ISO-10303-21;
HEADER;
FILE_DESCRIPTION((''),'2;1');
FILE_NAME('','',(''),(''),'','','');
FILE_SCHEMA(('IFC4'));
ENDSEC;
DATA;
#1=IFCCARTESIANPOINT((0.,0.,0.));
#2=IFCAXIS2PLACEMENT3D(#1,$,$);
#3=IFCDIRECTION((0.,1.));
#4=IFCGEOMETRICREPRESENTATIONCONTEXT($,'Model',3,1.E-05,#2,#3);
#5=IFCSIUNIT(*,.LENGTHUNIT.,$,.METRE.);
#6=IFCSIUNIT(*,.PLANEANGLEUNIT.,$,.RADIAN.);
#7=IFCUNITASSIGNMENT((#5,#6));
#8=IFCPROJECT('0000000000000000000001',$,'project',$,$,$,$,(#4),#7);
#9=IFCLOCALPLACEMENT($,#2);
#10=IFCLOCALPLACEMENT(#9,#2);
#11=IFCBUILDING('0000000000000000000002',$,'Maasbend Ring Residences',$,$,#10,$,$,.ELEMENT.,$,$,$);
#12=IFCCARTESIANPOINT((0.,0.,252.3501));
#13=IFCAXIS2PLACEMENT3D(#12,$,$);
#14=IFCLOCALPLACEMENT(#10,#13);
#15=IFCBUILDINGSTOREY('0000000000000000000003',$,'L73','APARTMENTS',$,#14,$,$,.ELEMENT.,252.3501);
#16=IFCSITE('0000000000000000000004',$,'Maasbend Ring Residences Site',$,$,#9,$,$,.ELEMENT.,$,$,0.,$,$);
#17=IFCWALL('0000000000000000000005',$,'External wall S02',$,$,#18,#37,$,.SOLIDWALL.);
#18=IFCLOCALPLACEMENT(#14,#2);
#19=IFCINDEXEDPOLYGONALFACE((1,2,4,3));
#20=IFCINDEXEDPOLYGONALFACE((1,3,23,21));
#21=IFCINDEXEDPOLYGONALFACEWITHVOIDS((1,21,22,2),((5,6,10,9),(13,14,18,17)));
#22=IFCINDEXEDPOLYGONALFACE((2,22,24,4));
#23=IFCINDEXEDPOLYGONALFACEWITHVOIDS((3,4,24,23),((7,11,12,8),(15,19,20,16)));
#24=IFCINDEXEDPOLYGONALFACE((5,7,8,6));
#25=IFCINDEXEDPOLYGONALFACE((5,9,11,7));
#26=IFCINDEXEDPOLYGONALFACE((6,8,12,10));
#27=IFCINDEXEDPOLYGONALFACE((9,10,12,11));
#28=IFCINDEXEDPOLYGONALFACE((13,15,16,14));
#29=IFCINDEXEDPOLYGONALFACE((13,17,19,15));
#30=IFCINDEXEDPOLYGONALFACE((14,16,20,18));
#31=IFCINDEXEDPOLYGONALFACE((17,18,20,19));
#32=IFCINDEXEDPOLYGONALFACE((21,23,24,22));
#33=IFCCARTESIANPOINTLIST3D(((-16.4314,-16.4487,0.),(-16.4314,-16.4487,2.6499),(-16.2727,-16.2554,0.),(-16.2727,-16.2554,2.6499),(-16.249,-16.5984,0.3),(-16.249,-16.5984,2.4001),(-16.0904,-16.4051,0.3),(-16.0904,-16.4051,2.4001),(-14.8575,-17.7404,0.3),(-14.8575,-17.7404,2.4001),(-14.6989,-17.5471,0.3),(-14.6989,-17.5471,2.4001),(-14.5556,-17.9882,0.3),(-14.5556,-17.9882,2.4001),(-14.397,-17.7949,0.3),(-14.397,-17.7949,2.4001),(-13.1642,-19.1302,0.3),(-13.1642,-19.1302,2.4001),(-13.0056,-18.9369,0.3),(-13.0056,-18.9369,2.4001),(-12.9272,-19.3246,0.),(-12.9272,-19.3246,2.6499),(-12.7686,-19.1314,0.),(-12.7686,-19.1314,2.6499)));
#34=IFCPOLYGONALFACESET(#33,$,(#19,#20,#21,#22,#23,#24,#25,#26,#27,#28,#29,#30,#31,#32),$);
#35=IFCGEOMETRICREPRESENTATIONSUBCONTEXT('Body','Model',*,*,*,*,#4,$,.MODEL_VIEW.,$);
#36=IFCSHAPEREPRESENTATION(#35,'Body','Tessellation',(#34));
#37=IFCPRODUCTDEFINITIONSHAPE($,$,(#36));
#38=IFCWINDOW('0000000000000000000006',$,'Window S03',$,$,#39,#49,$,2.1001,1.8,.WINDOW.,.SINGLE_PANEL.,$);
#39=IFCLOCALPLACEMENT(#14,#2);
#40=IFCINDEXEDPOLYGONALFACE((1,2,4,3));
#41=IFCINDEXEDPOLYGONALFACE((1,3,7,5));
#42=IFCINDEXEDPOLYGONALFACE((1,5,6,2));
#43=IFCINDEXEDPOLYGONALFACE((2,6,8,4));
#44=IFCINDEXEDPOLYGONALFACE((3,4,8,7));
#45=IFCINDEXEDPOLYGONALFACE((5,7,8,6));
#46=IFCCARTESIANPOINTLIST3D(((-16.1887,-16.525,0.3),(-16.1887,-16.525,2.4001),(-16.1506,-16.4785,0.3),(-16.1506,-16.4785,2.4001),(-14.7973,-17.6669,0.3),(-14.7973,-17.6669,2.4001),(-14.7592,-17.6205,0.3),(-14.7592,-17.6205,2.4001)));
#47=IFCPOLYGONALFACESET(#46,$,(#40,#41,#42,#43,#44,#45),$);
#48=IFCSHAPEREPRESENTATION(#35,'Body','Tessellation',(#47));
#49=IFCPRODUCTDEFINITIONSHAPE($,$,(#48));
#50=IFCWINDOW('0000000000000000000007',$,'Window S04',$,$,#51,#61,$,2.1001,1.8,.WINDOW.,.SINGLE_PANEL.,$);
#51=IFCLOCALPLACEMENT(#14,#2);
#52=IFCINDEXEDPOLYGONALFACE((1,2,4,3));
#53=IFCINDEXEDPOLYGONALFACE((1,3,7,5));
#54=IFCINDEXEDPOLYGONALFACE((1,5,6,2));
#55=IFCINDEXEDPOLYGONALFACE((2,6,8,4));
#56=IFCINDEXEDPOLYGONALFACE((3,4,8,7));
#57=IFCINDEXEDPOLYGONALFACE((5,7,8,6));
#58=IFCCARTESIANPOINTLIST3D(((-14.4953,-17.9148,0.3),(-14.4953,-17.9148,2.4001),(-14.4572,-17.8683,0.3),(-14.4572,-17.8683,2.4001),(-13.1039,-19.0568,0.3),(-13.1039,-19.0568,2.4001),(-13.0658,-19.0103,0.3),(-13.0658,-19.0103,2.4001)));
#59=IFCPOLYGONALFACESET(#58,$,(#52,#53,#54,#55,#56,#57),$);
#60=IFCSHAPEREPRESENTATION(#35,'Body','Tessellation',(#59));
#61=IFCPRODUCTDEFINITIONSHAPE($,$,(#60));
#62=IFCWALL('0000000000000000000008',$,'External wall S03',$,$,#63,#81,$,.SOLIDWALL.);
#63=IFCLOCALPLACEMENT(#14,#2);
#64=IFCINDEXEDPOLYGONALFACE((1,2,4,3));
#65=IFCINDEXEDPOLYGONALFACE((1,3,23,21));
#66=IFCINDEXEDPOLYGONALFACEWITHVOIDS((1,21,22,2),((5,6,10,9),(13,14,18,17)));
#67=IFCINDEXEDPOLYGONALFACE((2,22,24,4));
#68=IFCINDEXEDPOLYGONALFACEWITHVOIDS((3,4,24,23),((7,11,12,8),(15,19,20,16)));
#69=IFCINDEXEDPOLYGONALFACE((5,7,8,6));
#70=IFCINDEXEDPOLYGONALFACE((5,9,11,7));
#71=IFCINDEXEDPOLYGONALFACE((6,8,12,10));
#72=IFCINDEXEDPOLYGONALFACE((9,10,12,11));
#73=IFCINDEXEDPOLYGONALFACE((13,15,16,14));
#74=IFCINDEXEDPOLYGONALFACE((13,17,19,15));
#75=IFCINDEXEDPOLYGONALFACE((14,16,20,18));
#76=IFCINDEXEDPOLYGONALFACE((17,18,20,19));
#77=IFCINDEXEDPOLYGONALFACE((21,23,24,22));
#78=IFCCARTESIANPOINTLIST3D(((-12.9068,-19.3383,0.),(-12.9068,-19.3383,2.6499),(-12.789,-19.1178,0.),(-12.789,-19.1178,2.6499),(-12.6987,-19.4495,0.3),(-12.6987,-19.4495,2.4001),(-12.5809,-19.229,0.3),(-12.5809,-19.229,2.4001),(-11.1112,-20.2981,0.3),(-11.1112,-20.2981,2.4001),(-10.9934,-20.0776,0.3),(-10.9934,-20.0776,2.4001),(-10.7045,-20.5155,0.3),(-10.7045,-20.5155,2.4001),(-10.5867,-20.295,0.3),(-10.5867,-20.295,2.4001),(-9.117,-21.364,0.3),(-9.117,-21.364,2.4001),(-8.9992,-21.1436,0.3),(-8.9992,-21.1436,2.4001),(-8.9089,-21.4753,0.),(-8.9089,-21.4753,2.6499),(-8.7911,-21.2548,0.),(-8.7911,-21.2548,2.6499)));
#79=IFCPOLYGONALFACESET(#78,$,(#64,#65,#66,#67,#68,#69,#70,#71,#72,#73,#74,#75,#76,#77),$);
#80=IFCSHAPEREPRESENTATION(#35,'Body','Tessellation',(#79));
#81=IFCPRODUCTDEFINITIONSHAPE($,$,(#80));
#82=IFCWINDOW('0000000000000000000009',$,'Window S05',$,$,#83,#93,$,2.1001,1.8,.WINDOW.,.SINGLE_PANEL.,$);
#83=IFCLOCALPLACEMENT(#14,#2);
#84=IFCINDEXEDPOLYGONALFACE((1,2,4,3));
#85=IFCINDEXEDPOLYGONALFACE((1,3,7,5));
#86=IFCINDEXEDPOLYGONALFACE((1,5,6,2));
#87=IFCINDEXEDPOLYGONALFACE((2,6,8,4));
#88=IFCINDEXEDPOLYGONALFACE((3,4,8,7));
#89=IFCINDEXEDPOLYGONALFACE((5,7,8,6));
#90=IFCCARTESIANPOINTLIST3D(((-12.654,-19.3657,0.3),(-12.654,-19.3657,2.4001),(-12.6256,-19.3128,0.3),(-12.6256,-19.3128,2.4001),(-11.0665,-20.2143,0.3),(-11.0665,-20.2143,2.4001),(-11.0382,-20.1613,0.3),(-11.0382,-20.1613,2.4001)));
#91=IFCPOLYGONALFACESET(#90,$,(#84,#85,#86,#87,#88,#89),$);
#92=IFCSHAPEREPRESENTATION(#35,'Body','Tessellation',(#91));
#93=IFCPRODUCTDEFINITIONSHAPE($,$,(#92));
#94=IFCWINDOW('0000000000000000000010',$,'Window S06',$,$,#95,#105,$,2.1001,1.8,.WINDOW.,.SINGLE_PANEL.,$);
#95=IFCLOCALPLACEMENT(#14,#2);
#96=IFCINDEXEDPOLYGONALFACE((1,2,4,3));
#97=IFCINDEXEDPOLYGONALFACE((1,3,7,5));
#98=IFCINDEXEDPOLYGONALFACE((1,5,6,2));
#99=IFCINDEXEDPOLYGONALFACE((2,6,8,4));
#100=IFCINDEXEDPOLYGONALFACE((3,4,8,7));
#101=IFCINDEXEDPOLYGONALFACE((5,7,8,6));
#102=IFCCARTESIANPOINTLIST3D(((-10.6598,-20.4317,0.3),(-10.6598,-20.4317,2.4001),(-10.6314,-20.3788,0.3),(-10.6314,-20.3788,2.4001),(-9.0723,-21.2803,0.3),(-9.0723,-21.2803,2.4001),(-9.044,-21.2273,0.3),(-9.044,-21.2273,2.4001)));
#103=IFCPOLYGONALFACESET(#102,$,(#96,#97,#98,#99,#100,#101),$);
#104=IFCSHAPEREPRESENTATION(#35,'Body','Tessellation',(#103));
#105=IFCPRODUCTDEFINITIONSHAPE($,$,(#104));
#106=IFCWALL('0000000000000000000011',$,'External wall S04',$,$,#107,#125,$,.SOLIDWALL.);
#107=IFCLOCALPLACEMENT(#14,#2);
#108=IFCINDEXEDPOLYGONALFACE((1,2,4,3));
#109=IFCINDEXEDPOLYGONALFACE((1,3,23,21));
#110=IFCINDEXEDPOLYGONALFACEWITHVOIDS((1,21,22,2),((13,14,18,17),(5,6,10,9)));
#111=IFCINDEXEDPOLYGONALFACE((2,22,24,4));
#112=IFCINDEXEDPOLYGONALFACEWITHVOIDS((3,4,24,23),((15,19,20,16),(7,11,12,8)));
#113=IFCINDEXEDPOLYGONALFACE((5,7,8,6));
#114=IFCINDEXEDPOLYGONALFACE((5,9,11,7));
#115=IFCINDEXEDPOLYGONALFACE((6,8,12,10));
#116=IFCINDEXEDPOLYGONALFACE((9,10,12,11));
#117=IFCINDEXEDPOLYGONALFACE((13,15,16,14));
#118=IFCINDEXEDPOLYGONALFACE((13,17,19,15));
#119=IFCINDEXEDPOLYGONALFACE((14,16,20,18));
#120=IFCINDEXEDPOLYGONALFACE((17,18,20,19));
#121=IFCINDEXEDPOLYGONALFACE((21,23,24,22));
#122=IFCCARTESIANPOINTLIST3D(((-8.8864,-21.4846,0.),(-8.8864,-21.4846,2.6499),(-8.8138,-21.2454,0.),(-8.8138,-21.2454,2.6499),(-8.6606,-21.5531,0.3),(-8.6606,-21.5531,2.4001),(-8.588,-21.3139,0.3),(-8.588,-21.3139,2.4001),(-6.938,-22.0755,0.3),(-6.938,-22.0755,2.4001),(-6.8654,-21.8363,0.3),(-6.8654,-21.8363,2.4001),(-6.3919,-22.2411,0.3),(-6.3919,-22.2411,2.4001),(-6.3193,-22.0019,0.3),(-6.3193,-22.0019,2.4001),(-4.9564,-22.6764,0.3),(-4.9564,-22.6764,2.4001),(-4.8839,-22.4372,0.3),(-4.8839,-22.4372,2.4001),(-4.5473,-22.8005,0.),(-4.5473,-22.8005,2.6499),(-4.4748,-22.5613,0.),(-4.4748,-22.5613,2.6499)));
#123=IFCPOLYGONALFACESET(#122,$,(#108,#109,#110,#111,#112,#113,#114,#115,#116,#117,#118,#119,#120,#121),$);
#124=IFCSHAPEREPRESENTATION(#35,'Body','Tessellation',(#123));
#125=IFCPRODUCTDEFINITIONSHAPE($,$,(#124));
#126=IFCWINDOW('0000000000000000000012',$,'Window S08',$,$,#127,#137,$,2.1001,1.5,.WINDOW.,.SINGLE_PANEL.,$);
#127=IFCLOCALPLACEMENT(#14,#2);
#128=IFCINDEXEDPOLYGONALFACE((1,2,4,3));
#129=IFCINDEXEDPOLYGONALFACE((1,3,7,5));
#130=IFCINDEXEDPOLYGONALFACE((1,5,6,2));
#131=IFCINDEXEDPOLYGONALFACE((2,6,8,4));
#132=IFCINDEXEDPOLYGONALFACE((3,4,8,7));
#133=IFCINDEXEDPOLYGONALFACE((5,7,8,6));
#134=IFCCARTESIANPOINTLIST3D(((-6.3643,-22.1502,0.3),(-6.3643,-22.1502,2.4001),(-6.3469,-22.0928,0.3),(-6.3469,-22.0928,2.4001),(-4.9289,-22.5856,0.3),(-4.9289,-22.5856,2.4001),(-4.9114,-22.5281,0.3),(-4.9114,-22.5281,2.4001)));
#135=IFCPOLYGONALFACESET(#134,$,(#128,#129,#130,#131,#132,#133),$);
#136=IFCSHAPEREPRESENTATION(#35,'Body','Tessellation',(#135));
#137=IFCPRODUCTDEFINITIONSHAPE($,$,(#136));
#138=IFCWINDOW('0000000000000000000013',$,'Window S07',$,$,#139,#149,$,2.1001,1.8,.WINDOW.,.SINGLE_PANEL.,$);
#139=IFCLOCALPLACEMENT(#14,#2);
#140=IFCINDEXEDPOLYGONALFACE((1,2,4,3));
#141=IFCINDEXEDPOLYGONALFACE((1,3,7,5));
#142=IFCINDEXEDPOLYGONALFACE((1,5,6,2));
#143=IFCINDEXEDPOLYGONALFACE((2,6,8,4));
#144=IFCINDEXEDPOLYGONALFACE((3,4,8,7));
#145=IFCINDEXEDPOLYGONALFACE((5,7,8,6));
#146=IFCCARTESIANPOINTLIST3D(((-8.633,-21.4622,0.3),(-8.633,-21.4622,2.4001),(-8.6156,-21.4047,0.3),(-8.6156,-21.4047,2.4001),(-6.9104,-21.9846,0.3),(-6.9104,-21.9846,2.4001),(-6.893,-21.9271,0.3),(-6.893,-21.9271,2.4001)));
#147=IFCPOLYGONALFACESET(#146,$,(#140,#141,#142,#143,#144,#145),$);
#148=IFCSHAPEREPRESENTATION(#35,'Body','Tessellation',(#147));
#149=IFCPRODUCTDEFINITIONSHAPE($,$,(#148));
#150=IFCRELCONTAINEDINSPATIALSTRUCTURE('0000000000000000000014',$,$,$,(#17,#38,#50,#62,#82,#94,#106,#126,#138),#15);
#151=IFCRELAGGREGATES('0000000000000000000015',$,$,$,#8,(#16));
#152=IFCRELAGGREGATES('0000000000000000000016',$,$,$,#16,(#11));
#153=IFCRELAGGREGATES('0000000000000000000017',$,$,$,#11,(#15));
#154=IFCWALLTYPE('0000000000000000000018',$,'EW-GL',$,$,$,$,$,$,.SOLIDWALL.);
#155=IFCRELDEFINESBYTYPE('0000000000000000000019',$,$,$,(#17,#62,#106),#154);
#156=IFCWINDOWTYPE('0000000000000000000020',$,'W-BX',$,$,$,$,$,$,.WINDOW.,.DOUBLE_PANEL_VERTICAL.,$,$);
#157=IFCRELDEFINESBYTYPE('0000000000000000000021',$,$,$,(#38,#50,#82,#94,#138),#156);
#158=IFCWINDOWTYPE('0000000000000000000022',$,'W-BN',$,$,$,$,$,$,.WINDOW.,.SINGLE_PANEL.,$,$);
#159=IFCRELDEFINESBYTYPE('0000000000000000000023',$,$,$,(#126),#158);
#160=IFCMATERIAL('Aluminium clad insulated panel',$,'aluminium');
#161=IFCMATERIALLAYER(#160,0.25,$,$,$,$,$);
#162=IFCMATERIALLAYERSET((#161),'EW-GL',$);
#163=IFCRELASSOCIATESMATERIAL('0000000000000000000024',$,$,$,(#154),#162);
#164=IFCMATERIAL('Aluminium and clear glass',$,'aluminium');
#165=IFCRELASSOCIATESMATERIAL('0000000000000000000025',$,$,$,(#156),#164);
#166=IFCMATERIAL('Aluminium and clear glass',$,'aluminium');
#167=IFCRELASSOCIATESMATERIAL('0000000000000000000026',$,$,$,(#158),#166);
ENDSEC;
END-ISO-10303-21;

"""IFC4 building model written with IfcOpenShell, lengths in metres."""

from ifc_helpers import new_model, si_unit, direction, frame, frame_2d, origin, place, context, subcontext, project, spatial, rectangle, extrude, material, layer, layer_set, type_object, element, fill, save


model = new_model("IFC4")

# Units and contexts
model_context = context("Model", 3, precision=1e-05, world=origin(), true_north=direction((0.0, 1.0)))
body_context = subcontext(model_context, "Body", "Model", "MODEL_VIEW")
ifc_project = project(units=[si_unit("LENGTHUNIT", "METRE"), si_unit("PLANEANGLEUNIT", "RADIAN")], contexts=[model_context])

# Site, building, storey
site_placement = place(None, origin())
site = spatial("IfcSite", under=ifc_project, at=site_placement, Name="Maasbend Ring Residences Site", CompositionType="ELEMENT", RefElevation=0.0)
building_placement = place(site_placement, origin())
building = spatial("IfcBuilding", under=site, at=building_placement, Name="Maasbend Ring Residences", CompositionType="ELEMENT")
storey_placement = place(building_placement, frame((0.0, 0.0, 252.3501)))
storey = spatial("IfcBuildingStorey", under=building, at=storey_placement, Name="L73", Description="APARTMENTS", CompositionType="ELEMENT", Elevation=252.3501)

# Walls, openings, windows
ifc_material_1 = material(Name="Aluminium clad insulated panel", Category="aluminium")
ifc_layer_1 = layer(ifc_material_1, 0.25)
ifc_layer_set_1 = layer_set([ifc_layer_1], Name="EW-GL")
wall_type_1 = type_object("IfcWallType", Name="EW-GL", PredefinedType="SOLIDWALL", material=ifc_layer_set_1)
ifc_material_2 = material(Name="Aluminium and clear glass", Category="aluminium")
window_type_1 = type_object("IfcWindowType", Name="W-BX", PartitioningType="DOUBLE_PANEL_VERTICAL", PredefinedType="WINDOW", material=ifc_material_2)
wall_1_placement = place(storey_placement, frame((-16.3521, -16.3521, 0.0), z_axis=(0.0, 0.0, 1.0), x_axis=(0.772989, -0.634419, 0.0)))
wall_1 = element("IfcWall", 1, at=wall_1_placement, inside=storey, type_object=wall_type_1, Name="External wall S02", PredefinedType="SOLIDWALL", context=body_context, shape_type="SweptSolid", body=[
    extrude(rectangle(XDim=4.5332, YDim=0.25, at=frame_2d((2.2666, 0.0))), origin(), (0.0, 0.0, 1.0), 2.6499),
])
opening_1_placement = place(wall_1_placement, frame((0.2361, 0.0, 0.3)))
opening_1 = element("IfcOpeningElement", 2, at=opening_1_placement, cuts=wall_1, PredefinedType="OPENING", context=body_context, shape_type="SweptSolid", body=[
    extrude(rectangle(XDim=1.8, YDim=2.1001, at=frame_2d((0.8999, 1.05))), frame((0.0, 0.135, 0.0), z_axis=(0.0, -1.0, 0.0), x_axis=(1.0, 0.0, 0.0)), (0.0, 0.0, 1.0), 0.27),
])
opening_2_placement = place(wall_1_placement, frame((2.4268, 0.0, 0.3)))
opening_2 = element("IfcOpeningElement", 3, at=opening_2_placement, cuts=wall_1, PredefinedType="OPENING", context=body_context, shape_type="SweptSolid", body=[
    extrude(rectangle(XDim=1.8, YDim=2.1001, at=frame_2d((0.8999, 1.05))), frame((0.0, 0.135, 0.0), z_axis=(0.0, -1.0, 0.0), x_axis=(1.0, 0.0, 0.0)), (0.0, 0.0, 1.0), 0.27),
])
window_1_placement = place(opening_1_placement, origin())
window_1 = element("IfcWindow", 4, at=window_1_placement, inside=storey, type_object=window_type_1, Name="Window S03", OverallHeight=2.1001, OverallWidth=1.8, PartitioningType="SINGLE_PANEL", PredefinedType="WINDOW", context=body_context, shape_type="SweptSolid", body=[
    extrude(rectangle(XDim=1.8, YDim=2.1001, at=frame_2d((0.8999, 1.05))), frame((0.0, 0.03, 0.0), z_axis=(0.0, -1.0, 0.0), x_axis=(1.0, 0.0, 0.0)), (0.0, 0.0, 1.0), 0.0601),
])
fill(opening_1, window_1)
window_2_placement = place(opening_2_placement, origin())
window_2 = element("IfcWindow", 5, at=window_2_placement, inside=storey, type_object=window_type_1, Name="Window S04", OverallHeight=2.1001, OverallWidth=1.8, PartitioningType="SINGLE_PANEL", PredefinedType="WINDOW", context=body_context, shape_type="SweptSolid", body=[
    extrude(rectangle(XDim=1.8, YDim=2.1001, at=frame_2d((0.8999, 1.05))), frame((0.0, 0.03, 0.0), z_axis=(0.0, -1.0, 0.0), x_axis=(1.0, 0.0, 0.0)), (0.0, 0.0, 1.0), 0.0601),
])
fill(opening_2, window_2)
wall_2_placement = place(storey_placement, frame((-12.8479, -19.228, 0.0), z_axis=(0.0, 0.0, 1.0), x_axis=(0.881913, -0.471413, 0.0)))
wall_2 = element("IfcWall", 6, at=wall_2_placement, inside=storey, type_object=wall_type_1, Name="External wall S03", PredefinedType="SOLIDWALL", context=body_context, shape_type="SweptSolid", body=[
    extrude(rectangle(XDim=4.5332, YDim=0.25, at=frame_2d((2.2666, 0.0))), origin(), (0.0, 0.0, 1.0), 2.6499),
])
opening_3_placement = place(wall_2_placement, frame((0.2361, 0.0, 0.3)))
opening_3 = element("IfcOpeningElement", 7, at=opening_3_placement, cuts=wall_2, PredefinedType="OPENING", context=body_context, shape_type="SweptSolid", body=[
    extrude(rectangle(XDim=1.8, YDim=2.1001, at=frame_2d((0.8999, 1.05))), frame((0.0, 0.135, 0.0), z_axis=(0.0, -1.0, 0.0), x_axis=(1.0, 0.0, 0.0)), (0.0, 0.0, 1.0), 0.27),
])
opening_4_placement = place(wall_2_placement, frame((2.4973, 0.0, 0.3)))
opening_4 = element("IfcOpeningElement", 8, at=opening_4_placement, cuts=wall_2, PredefinedType="OPENING", context=body_context, shape_type="SweptSolid", body=[
    extrude(rectangle(XDim=1.8, YDim=2.1001, at=frame_2d((0.8999, 1.05))), frame((0.0, 0.135, 0.0), z_axis=(0.0, -1.0, 0.0), x_axis=(1.0, 0.0, 0.0)), (0.0, 0.0, 1.0), 0.27),
])
window_3_placement = place(opening_3_placement, origin())
window_3 = element("IfcWindow", 9, at=window_3_placement, inside=storey, type_object=window_type_1, Name="Window S05", OverallHeight=2.1001, OverallWidth=1.8, PartitioningType="SINGLE_PANEL", PredefinedType="WINDOW", context=body_context, shape_type="SweptSolid", body=[
    extrude(rectangle(XDim=1.8, YDim=2.1001, at=frame_2d((0.8999, 1.05))), frame((0.0, 0.03, 0.0), z_axis=(0.0, -1.0, 0.0), x_axis=(1.0, 0.0, 0.0)), (0.0, 0.0, 1.0), 0.0601),
])
fill(opening_3, window_3)
window_4_placement = place(opening_4_placement, origin())
window_4 = element("IfcWindow", 10, at=window_4_placement, inside=storey, type_object=window_type_1, Name="Window S06", OverallHeight=2.1001, OverallWidth=1.8, PartitioningType="SINGLE_PANEL", PredefinedType="WINDOW", context=body_context, shape_type="SweptSolid", body=[
    extrude(rectangle(XDim=1.8, YDim=2.1001, at=frame_2d((0.8999, 1.05))), frame((0.0, 0.03, 0.0), z_axis=(0.0, -1.0, 0.0), x_axis=(1.0, 0.0, 0.0)), (0.0, 0.0, 1.0), 0.0601),
])
fill(opening_4, window_4)
wall_3_placement = place(storey_placement, frame((-8.8501, -21.365, 0.0), z_axis=(0.0, 0.0, 1.0), x_axis=(0.956961, -0.290217, 0.0)))
wall_3 = element("IfcWall", 11, at=wall_3_placement, inside=storey, type_object=wall_type_1, Name="External wall S04", PredefinedType="SOLIDWALL", context=body_context, shape_type="SweptSolid", body=[
    extrude(rectangle(XDim=4.5342, YDim=0.25, at=frame_2d((2.2671, 0.0))), origin(), (0.0, 0.0, 1.0), 2.6499),
])
opening_5_placement = place(wall_3_placement, frame((0.2361, 0.0, 0.3)))
opening_5 = element("IfcOpeningElement", 12, at=opening_5_placement, cuts=wall_3, PredefinedType="OPENING", context=body_context, shape_type="SweptSolid", body=[
    extrude(rectangle(XDim=1.8, YDim=2.1001, at=frame_2d((0.8999, 1.05))), frame((0.0, 0.135, 0.0), z_axis=(0.0, -1.0, 0.0), x_axis=(1.0, 0.0, 0.0)), (0.0, 0.0, 1.0), 0.27),
])
opening_6_placement = place(wall_3_placement, frame((2.6067, 0.0, 0.3)))
opening_6 = element("IfcOpeningElement", 13, at=opening_6_placement, cuts=wall_3, PredefinedType="OPENING", context=body_context, shape_type="SweptSolid", body=[
    extrude(rectangle(XDim=1.5, YDim=2.1001, at=frame_2d((0.75, 1.05))), frame((0.0, 0.135, 0.0), z_axis=(0.0, -1.0, 0.0), x_axis=(1.0, 0.0, 0.0)), (0.0, 0.0, 1.0), 0.27),
])
ifc_material_3 = material(Name="Aluminium and clear glass", Category="aluminium")
window_type_2 = type_object("IfcWindowType", Name="W-BN", PartitioningType="SINGLE_PANEL", PredefinedType="WINDOW", material=ifc_material_3)
window_5_placement = place(opening_6_placement, origin())
window_5 = element("IfcWindow", 14, at=window_5_placement, inside=storey, type_object=window_type_2, Name="Window S08", OverallHeight=2.1001, OverallWidth=1.5, PartitioningType="SINGLE_PANEL", PredefinedType="WINDOW", context=body_context, shape_type="SweptSolid", body=[
    extrude(rectangle(XDim=1.5, YDim=2.1001, at=frame_2d((0.75, 1.05))), frame((0.0, 0.03, 0.0), z_axis=(0.0, -1.0, 0.0), x_axis=(1.0, 0.0, 0.0)), (0.0, 0.0, 1.0), 0.0601),
])
fill(opening_6, window_5)
window_6_placement = place(opening_5_placement, origin())
window_6 = element("IfcWindow", 15, at=window_6_placement, inside=storey, type_object=window_type_1, Name="Window S07", OverallHeight=2.1001, OverallWidth=1.8, PartitioningType="SINGLE_PANEL", PredefinedType="WINDOW", context=body_context, shape_type="SweptSolid", body=[
    extrude(rectangle(XDim=1.8, YDim=2.1001, at=frame_2d((0.8999, 1.05))), frame((0.0, 0.03, 0.0), z_axis=(0.0, -1.0, 0.0), x_axis=(1.0, 0.0, 0.0)), (0.0, 0.0, 1.0), 0.0601),
])
fill(opening_5, window_6)

save(model, "model.ifc")
